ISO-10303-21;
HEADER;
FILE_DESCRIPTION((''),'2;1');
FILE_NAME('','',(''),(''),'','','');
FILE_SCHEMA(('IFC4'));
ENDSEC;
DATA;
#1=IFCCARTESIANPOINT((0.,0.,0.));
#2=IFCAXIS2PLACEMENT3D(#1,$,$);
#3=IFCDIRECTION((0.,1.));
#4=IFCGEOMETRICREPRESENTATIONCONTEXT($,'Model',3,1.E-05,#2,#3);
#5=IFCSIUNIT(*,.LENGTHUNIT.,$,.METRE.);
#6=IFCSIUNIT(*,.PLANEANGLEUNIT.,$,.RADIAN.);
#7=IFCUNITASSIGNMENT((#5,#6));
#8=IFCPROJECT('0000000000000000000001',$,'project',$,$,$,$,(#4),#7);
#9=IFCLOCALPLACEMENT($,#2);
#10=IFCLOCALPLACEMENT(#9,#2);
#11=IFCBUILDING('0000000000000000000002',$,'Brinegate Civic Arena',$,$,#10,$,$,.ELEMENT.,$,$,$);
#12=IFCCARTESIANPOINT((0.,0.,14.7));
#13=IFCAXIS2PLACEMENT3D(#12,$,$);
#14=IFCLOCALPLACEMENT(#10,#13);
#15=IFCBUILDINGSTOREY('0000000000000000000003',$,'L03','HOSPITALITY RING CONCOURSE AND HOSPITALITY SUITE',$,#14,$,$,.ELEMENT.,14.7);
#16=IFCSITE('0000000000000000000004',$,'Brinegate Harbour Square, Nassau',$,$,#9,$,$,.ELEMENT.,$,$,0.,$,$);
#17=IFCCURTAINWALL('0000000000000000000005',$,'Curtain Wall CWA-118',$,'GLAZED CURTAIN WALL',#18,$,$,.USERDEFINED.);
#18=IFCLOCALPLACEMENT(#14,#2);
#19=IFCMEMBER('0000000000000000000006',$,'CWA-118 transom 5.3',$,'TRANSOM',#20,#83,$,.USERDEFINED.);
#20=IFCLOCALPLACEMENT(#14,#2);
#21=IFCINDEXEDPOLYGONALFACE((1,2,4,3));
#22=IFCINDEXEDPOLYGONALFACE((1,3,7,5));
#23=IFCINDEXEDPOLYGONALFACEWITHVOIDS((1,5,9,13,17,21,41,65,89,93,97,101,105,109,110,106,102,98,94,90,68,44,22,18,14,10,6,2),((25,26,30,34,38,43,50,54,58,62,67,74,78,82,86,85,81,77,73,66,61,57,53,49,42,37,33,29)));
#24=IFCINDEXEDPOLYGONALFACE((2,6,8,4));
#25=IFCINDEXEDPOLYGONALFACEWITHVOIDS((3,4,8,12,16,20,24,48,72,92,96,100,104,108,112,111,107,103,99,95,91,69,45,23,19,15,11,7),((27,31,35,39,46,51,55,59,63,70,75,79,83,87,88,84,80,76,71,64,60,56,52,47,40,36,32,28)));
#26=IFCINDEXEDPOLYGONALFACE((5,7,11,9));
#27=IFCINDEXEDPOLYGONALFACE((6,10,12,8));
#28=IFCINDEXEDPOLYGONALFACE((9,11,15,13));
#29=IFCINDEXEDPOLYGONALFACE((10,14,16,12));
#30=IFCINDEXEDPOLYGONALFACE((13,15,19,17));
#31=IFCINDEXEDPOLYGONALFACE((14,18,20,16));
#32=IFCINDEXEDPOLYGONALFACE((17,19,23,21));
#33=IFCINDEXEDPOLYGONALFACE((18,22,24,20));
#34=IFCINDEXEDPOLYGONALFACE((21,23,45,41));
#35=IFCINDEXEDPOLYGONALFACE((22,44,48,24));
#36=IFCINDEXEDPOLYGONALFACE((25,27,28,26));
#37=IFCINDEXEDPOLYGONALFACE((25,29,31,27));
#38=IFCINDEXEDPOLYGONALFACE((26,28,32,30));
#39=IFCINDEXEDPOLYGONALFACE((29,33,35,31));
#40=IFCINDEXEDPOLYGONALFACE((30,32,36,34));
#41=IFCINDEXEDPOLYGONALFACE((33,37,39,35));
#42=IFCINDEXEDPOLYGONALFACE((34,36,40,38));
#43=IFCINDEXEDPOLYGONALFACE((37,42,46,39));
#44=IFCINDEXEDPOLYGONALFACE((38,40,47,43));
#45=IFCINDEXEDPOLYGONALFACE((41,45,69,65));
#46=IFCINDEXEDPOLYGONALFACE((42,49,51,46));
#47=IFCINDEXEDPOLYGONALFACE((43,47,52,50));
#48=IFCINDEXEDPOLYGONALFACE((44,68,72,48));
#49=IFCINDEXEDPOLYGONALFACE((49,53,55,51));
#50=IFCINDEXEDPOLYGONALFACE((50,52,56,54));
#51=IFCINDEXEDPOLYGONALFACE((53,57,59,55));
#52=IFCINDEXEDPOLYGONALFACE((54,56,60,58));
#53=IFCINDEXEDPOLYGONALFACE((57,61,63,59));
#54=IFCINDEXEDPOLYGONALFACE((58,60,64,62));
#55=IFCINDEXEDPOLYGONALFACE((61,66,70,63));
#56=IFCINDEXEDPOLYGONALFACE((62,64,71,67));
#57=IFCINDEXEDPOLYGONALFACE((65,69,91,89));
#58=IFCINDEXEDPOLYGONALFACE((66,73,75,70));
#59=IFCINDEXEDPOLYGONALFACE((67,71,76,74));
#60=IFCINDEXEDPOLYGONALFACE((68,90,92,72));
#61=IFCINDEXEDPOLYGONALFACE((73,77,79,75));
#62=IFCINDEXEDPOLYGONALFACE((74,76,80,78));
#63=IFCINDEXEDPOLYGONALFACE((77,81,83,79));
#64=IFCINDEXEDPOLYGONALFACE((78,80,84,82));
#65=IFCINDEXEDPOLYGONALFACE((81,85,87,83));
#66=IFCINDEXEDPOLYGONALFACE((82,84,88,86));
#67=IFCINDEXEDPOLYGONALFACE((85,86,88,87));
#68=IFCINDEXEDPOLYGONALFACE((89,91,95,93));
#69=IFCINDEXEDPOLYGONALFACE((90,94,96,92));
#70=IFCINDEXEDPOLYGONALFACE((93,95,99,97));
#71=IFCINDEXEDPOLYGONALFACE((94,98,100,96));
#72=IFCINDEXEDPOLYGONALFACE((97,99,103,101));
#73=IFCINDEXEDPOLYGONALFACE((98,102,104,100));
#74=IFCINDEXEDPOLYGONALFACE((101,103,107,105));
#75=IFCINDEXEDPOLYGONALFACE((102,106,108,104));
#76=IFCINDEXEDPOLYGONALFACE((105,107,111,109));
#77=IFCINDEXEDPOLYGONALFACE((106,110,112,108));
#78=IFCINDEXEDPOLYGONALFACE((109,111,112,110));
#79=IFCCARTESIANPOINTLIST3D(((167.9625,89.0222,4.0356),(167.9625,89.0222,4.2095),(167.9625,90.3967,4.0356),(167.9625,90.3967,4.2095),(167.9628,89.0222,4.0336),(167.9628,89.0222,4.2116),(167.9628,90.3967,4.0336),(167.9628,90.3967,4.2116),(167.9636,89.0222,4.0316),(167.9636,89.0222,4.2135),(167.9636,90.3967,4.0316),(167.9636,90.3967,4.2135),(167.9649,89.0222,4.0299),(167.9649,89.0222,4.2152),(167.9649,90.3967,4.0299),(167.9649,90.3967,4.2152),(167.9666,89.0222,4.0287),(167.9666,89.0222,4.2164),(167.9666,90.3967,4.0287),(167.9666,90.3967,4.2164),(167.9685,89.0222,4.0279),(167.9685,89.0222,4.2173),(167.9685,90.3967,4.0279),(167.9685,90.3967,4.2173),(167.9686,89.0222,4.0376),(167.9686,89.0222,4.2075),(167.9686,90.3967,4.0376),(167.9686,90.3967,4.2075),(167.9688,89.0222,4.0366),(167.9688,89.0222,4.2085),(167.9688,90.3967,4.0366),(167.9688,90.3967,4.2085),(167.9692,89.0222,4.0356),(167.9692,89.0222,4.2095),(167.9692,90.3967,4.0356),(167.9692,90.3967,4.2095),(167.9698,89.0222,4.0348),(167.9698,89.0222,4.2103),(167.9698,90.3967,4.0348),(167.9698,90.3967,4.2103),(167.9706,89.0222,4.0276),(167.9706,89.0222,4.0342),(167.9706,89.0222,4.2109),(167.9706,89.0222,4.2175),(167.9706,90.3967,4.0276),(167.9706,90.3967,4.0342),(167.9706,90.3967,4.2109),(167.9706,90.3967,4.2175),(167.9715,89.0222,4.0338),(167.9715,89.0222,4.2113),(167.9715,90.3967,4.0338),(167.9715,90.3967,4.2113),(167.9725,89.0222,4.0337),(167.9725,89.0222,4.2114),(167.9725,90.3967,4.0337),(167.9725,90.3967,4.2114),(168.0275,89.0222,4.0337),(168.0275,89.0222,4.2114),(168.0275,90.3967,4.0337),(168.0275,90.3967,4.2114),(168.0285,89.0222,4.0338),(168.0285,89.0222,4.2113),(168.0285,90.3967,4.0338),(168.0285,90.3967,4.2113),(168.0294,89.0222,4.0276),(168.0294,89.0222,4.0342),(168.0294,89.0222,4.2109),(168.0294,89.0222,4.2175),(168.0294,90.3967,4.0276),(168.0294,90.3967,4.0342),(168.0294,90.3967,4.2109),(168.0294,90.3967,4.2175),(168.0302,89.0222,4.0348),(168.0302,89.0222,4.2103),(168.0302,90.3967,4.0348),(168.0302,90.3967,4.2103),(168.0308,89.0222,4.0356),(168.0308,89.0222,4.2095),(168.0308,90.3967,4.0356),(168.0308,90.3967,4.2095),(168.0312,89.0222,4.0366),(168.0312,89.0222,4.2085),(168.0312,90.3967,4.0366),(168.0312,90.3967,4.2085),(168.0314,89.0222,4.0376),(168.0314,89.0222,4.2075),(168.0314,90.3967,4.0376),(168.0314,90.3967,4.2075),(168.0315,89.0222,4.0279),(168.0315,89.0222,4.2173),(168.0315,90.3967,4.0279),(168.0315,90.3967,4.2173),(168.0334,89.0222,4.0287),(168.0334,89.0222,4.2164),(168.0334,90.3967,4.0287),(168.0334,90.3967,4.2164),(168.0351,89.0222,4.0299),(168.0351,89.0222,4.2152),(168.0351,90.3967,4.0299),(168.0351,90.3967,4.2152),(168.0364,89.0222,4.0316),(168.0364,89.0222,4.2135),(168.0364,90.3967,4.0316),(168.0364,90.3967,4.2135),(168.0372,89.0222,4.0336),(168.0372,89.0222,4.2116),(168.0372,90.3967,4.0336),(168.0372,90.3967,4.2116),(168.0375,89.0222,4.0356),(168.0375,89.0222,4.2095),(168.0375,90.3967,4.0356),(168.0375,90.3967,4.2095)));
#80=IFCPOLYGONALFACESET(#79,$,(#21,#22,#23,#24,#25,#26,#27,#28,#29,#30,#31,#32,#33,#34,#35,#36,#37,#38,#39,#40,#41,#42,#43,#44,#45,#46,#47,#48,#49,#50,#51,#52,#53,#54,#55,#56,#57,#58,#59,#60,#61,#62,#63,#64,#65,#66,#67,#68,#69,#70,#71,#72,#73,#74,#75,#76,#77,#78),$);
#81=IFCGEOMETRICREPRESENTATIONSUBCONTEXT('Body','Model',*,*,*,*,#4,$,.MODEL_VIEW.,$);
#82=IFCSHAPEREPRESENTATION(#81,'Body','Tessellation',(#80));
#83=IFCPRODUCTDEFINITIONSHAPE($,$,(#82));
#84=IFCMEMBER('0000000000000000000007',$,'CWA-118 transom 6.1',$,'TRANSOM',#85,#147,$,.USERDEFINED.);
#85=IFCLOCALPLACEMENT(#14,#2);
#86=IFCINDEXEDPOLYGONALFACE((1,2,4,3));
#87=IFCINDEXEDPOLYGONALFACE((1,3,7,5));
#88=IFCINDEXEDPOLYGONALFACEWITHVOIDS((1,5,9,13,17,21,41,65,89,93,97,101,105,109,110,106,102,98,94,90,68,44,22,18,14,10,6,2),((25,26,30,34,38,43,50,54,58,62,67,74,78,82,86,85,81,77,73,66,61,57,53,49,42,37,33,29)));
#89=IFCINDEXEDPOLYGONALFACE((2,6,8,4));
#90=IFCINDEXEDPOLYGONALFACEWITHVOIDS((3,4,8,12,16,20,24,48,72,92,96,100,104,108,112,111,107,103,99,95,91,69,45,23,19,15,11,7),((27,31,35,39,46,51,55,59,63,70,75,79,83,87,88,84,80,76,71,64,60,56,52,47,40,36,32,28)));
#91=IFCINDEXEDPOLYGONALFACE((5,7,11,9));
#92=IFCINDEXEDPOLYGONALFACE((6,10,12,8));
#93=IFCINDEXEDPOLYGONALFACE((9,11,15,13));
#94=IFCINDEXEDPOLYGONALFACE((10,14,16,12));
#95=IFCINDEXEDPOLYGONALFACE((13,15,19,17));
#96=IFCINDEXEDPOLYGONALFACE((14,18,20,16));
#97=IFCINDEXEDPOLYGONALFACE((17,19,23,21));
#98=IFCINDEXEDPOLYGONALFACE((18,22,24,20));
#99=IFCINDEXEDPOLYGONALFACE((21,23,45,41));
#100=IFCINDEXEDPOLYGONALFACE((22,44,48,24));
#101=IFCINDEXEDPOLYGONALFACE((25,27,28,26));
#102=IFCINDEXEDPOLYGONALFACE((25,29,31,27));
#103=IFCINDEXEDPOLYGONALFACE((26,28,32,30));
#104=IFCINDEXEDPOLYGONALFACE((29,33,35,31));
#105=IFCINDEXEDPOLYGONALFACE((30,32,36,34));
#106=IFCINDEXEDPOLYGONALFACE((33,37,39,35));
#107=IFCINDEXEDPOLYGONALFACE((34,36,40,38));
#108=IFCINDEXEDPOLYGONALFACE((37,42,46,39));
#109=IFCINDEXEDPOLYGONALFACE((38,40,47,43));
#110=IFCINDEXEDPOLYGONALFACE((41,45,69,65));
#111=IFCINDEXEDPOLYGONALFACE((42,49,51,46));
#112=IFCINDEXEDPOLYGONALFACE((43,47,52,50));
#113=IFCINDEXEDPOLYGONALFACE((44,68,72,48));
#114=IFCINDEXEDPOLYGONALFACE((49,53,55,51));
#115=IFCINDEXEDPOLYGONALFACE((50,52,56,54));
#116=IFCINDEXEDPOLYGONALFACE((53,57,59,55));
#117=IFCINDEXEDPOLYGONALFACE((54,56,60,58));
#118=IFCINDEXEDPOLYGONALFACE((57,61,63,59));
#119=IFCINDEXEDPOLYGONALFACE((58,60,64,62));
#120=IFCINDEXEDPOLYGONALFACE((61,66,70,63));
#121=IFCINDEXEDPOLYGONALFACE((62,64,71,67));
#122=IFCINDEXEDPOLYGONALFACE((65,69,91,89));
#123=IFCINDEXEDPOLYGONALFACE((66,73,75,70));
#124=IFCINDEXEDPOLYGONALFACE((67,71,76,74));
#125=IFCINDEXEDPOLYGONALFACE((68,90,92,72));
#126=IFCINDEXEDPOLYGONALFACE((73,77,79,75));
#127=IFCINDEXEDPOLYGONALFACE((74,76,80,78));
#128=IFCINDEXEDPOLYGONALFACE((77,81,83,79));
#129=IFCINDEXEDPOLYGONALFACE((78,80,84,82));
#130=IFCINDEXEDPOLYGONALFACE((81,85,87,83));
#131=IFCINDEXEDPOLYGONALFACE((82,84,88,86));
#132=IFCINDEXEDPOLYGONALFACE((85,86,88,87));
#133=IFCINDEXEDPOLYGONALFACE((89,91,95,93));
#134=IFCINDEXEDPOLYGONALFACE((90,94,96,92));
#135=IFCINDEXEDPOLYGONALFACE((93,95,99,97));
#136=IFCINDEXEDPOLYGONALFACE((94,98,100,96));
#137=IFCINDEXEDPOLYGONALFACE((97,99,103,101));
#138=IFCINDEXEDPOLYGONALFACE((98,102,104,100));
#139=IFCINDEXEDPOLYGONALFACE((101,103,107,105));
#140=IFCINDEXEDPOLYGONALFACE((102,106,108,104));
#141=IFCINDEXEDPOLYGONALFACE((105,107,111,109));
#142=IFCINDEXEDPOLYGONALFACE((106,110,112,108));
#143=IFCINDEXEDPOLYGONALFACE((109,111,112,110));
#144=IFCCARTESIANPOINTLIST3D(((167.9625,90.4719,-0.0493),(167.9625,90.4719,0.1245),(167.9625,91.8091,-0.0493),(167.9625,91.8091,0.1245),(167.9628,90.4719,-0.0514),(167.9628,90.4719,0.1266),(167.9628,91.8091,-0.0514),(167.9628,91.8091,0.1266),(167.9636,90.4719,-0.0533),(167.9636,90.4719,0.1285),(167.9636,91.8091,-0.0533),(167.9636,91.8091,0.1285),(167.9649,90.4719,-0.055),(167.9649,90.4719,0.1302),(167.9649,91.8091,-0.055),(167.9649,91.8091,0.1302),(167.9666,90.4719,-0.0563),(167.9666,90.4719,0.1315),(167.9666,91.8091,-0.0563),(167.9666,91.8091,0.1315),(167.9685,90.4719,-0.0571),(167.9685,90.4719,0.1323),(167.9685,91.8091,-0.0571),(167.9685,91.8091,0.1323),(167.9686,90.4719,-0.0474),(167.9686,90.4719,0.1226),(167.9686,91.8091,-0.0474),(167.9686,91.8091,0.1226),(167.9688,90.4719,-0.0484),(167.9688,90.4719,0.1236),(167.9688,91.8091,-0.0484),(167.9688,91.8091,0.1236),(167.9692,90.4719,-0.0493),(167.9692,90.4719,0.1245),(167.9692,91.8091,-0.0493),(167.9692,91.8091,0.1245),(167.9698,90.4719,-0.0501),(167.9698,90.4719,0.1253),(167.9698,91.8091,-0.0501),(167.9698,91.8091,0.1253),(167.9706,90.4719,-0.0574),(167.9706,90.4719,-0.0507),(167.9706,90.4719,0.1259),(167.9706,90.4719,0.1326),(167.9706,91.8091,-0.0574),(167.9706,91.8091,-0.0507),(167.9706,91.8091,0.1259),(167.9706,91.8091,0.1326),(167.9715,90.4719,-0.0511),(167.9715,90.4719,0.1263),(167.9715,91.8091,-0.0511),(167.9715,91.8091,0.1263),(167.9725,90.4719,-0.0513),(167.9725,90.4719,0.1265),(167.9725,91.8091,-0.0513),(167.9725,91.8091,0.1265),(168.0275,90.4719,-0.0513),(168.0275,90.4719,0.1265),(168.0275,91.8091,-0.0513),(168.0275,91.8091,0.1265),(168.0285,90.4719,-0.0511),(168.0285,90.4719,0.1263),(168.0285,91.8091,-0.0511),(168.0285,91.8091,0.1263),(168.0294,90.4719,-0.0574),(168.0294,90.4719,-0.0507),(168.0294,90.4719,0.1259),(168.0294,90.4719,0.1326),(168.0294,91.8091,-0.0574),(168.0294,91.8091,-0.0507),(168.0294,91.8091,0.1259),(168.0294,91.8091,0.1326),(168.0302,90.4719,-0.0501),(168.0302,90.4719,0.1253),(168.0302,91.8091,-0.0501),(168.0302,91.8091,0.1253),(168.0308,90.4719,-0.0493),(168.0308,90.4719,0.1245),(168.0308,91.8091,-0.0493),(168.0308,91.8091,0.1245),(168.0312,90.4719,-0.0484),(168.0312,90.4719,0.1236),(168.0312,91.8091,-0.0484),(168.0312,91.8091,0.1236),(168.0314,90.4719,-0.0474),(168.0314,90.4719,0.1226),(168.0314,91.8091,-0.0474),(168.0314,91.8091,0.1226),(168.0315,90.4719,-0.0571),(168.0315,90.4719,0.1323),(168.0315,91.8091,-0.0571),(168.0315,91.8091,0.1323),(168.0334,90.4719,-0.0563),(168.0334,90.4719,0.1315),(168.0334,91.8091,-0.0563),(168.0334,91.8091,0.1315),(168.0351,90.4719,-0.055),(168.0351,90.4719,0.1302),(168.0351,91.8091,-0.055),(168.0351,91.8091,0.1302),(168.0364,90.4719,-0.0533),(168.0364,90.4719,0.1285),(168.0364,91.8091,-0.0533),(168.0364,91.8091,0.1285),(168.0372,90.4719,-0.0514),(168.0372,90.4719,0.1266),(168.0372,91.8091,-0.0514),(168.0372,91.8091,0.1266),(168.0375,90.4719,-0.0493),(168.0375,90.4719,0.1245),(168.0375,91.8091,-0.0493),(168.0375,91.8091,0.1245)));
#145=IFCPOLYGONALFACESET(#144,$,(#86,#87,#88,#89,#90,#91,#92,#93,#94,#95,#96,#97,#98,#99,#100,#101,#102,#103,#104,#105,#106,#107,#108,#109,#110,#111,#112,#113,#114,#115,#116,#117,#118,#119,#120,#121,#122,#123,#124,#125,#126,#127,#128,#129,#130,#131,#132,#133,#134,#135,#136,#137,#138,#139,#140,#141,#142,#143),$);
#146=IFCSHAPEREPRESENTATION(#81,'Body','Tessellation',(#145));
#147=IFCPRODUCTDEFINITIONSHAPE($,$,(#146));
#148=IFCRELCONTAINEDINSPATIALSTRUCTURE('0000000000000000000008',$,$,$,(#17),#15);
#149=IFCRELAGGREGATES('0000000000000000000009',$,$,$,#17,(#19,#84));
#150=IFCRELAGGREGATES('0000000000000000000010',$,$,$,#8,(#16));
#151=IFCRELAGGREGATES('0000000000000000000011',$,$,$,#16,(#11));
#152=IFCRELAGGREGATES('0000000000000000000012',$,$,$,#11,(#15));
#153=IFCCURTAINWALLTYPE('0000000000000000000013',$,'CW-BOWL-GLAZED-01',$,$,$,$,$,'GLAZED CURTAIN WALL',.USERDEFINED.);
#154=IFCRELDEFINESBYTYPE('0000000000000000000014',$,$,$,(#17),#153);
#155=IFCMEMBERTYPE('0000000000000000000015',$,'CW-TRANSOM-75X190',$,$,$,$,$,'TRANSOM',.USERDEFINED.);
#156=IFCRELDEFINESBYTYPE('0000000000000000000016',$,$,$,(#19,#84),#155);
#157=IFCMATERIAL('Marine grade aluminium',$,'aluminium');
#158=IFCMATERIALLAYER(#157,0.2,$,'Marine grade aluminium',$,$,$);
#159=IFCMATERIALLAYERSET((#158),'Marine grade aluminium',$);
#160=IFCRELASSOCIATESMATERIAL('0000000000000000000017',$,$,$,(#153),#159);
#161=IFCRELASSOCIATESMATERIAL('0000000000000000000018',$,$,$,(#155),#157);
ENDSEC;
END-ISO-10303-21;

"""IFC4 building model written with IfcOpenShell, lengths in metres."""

from ifc_helpers import new_model, si_unit, direction, frame, origin, origin_2d, place, context, subcontext, project, spatial, hollow_rectangle, extrude, material, layer, layer_set, material_profile, profile_set, type_object, element, aggregate, save


model = new_model("IFC4")

# Units and contexts
model_context = context("Model", 3, precision=1e-05, world=origin(), true_north=direction((0.0, 1.0)))
body_context = subcontext(model_context, "Body", "Model", "MODEL_VIEW")
ifc_project = project(units=[si_unit("LENGTHUNIT", "METRE"), si_unit("PLANEANGLEUNIT", "RADIAN")], contexts=[model_context])

# Site, building, storey
site_placement = place(None, origin())
site = spatial("IfcSite", under=ifc_project, at=site_placement, Name="Brinegate Harbour Square, Nassau", CompositionType="ELEMENT", RefElevation=0.0)
building_placement = place(site_placement, origin())
building = spatial("IfcBuilding", under=site, at=building_placement, Name="Brinegate Civic Arena", CompositionType="ELEMENT")
storey_placement = place(building_placement, frame((0.0, 0.0, 14.7)))
storey = spatial("IfcBuildingStorey", under=building, at=storey_placement, Name="L03", Description="HOSPITALITY RING CONCOURSE AND HOSPITALITY SUITE", CompositionType="ELEMENT", Elevation=14.7)

# Curtain wall, members
ifc_material_1 = material(Name="Marine grade aluminium", Category="aluminium")
ifc_layer_1 = layer(ifc_material_1, 0.2, Name="Marine grade aluminium")
ifc_layer_set_1 = layer_set([ifc_layer_1], Name="Marine grade aluminium")
curtain_wall_type = type_object("IfcCurtainWallType", Name="CW-BOWL-GLAZED-01", ElementType="GLAZED CURTAIN WALL", PredefinedType="USERDEFINED", material=ifc_layer_set_1)
curtain_wall_placement = place(storey_placement, origin())
curtain_wall = element("IfcCurtainWall", 1, at=curtain_wall_placement, inside=storey, type_object=curtain_wall_type, Name="Curtain Wall CWA-118", ObjectType="GLAZED CURTAIN WALL", PredefinedType="USERDEFINED")
ifc_material_profile_1 = material_profile(ifc_material_1, hollow_rectangle(XDim=0.075, YDim=0.1899, WallThickness=0.0061, InnerFilletRadius=0.0039, OuterFilletRadius=0.0081, at=origin_2d()), Name="TRN75X190")
ifc_profile_set_1 = profile_set([ifc_material_profile_1], Name="Marine grade aluminium")
member_type_1 = type_object("IfcMemberType", Name="CW-TRANSOM-75X190", ElementType="TRANSOM", PredefinedType="USERDEFINED", material=ifc_profile_set_1)
member_1_placement = place(storey_placement, frame((168.0, 89.0222, 4.1226), z_axis=(0.0, 1.0, 0.0), x_axis=(-1.0, 0.0, 0.0)))
member_1 = element("IfcMember", 2, at=member_1_placement, type_object=member_type_1, Name="CWA-118 transom 5.3", ObjectType="TRANSOM", PredefinedType="USERDEFINED", context=body_context, shape_type="SweptSolid", body=[
    extrude(hollow_rectangle(XDim=0.075, YDim=0.1899, WallThickness=0.0061, InnerFilletRadius=0.0039, OuterFilletRadius=0.0081, at=origin_2d()), origin(), (0.0, 0.0, 1.0), 1.3745),
])
member_2_placement = place(storey_placement, frame((168.0, 90.4719, 0.0376), z_axis=(0.0, 1.0, 0.0), x_axis=(-1.0, 0.0, 0.0)))
member_2 = element("IfcMember", 3, at=member_2_placement, type_object=member_type_1, Name="CWA-118 transom 6.1", ObjectType="TRANSOM", PredefinedType="USERDEFINED", context=body_context, shape_type="SweptSolid", body=[
    extrude(hollow_rectangle(XDim=0.075, YDim=0.1899, WallThickness=0.0061, InnerFilletRadius=0.0039, OuterFilletRadius=0.0081, at=origin_2d()), origin(), (0.0, 0.0, 1.0), 1.3372),
])

aggregate(curtain_wall, [member_1, member_2])

save(model, "model.ifc")
